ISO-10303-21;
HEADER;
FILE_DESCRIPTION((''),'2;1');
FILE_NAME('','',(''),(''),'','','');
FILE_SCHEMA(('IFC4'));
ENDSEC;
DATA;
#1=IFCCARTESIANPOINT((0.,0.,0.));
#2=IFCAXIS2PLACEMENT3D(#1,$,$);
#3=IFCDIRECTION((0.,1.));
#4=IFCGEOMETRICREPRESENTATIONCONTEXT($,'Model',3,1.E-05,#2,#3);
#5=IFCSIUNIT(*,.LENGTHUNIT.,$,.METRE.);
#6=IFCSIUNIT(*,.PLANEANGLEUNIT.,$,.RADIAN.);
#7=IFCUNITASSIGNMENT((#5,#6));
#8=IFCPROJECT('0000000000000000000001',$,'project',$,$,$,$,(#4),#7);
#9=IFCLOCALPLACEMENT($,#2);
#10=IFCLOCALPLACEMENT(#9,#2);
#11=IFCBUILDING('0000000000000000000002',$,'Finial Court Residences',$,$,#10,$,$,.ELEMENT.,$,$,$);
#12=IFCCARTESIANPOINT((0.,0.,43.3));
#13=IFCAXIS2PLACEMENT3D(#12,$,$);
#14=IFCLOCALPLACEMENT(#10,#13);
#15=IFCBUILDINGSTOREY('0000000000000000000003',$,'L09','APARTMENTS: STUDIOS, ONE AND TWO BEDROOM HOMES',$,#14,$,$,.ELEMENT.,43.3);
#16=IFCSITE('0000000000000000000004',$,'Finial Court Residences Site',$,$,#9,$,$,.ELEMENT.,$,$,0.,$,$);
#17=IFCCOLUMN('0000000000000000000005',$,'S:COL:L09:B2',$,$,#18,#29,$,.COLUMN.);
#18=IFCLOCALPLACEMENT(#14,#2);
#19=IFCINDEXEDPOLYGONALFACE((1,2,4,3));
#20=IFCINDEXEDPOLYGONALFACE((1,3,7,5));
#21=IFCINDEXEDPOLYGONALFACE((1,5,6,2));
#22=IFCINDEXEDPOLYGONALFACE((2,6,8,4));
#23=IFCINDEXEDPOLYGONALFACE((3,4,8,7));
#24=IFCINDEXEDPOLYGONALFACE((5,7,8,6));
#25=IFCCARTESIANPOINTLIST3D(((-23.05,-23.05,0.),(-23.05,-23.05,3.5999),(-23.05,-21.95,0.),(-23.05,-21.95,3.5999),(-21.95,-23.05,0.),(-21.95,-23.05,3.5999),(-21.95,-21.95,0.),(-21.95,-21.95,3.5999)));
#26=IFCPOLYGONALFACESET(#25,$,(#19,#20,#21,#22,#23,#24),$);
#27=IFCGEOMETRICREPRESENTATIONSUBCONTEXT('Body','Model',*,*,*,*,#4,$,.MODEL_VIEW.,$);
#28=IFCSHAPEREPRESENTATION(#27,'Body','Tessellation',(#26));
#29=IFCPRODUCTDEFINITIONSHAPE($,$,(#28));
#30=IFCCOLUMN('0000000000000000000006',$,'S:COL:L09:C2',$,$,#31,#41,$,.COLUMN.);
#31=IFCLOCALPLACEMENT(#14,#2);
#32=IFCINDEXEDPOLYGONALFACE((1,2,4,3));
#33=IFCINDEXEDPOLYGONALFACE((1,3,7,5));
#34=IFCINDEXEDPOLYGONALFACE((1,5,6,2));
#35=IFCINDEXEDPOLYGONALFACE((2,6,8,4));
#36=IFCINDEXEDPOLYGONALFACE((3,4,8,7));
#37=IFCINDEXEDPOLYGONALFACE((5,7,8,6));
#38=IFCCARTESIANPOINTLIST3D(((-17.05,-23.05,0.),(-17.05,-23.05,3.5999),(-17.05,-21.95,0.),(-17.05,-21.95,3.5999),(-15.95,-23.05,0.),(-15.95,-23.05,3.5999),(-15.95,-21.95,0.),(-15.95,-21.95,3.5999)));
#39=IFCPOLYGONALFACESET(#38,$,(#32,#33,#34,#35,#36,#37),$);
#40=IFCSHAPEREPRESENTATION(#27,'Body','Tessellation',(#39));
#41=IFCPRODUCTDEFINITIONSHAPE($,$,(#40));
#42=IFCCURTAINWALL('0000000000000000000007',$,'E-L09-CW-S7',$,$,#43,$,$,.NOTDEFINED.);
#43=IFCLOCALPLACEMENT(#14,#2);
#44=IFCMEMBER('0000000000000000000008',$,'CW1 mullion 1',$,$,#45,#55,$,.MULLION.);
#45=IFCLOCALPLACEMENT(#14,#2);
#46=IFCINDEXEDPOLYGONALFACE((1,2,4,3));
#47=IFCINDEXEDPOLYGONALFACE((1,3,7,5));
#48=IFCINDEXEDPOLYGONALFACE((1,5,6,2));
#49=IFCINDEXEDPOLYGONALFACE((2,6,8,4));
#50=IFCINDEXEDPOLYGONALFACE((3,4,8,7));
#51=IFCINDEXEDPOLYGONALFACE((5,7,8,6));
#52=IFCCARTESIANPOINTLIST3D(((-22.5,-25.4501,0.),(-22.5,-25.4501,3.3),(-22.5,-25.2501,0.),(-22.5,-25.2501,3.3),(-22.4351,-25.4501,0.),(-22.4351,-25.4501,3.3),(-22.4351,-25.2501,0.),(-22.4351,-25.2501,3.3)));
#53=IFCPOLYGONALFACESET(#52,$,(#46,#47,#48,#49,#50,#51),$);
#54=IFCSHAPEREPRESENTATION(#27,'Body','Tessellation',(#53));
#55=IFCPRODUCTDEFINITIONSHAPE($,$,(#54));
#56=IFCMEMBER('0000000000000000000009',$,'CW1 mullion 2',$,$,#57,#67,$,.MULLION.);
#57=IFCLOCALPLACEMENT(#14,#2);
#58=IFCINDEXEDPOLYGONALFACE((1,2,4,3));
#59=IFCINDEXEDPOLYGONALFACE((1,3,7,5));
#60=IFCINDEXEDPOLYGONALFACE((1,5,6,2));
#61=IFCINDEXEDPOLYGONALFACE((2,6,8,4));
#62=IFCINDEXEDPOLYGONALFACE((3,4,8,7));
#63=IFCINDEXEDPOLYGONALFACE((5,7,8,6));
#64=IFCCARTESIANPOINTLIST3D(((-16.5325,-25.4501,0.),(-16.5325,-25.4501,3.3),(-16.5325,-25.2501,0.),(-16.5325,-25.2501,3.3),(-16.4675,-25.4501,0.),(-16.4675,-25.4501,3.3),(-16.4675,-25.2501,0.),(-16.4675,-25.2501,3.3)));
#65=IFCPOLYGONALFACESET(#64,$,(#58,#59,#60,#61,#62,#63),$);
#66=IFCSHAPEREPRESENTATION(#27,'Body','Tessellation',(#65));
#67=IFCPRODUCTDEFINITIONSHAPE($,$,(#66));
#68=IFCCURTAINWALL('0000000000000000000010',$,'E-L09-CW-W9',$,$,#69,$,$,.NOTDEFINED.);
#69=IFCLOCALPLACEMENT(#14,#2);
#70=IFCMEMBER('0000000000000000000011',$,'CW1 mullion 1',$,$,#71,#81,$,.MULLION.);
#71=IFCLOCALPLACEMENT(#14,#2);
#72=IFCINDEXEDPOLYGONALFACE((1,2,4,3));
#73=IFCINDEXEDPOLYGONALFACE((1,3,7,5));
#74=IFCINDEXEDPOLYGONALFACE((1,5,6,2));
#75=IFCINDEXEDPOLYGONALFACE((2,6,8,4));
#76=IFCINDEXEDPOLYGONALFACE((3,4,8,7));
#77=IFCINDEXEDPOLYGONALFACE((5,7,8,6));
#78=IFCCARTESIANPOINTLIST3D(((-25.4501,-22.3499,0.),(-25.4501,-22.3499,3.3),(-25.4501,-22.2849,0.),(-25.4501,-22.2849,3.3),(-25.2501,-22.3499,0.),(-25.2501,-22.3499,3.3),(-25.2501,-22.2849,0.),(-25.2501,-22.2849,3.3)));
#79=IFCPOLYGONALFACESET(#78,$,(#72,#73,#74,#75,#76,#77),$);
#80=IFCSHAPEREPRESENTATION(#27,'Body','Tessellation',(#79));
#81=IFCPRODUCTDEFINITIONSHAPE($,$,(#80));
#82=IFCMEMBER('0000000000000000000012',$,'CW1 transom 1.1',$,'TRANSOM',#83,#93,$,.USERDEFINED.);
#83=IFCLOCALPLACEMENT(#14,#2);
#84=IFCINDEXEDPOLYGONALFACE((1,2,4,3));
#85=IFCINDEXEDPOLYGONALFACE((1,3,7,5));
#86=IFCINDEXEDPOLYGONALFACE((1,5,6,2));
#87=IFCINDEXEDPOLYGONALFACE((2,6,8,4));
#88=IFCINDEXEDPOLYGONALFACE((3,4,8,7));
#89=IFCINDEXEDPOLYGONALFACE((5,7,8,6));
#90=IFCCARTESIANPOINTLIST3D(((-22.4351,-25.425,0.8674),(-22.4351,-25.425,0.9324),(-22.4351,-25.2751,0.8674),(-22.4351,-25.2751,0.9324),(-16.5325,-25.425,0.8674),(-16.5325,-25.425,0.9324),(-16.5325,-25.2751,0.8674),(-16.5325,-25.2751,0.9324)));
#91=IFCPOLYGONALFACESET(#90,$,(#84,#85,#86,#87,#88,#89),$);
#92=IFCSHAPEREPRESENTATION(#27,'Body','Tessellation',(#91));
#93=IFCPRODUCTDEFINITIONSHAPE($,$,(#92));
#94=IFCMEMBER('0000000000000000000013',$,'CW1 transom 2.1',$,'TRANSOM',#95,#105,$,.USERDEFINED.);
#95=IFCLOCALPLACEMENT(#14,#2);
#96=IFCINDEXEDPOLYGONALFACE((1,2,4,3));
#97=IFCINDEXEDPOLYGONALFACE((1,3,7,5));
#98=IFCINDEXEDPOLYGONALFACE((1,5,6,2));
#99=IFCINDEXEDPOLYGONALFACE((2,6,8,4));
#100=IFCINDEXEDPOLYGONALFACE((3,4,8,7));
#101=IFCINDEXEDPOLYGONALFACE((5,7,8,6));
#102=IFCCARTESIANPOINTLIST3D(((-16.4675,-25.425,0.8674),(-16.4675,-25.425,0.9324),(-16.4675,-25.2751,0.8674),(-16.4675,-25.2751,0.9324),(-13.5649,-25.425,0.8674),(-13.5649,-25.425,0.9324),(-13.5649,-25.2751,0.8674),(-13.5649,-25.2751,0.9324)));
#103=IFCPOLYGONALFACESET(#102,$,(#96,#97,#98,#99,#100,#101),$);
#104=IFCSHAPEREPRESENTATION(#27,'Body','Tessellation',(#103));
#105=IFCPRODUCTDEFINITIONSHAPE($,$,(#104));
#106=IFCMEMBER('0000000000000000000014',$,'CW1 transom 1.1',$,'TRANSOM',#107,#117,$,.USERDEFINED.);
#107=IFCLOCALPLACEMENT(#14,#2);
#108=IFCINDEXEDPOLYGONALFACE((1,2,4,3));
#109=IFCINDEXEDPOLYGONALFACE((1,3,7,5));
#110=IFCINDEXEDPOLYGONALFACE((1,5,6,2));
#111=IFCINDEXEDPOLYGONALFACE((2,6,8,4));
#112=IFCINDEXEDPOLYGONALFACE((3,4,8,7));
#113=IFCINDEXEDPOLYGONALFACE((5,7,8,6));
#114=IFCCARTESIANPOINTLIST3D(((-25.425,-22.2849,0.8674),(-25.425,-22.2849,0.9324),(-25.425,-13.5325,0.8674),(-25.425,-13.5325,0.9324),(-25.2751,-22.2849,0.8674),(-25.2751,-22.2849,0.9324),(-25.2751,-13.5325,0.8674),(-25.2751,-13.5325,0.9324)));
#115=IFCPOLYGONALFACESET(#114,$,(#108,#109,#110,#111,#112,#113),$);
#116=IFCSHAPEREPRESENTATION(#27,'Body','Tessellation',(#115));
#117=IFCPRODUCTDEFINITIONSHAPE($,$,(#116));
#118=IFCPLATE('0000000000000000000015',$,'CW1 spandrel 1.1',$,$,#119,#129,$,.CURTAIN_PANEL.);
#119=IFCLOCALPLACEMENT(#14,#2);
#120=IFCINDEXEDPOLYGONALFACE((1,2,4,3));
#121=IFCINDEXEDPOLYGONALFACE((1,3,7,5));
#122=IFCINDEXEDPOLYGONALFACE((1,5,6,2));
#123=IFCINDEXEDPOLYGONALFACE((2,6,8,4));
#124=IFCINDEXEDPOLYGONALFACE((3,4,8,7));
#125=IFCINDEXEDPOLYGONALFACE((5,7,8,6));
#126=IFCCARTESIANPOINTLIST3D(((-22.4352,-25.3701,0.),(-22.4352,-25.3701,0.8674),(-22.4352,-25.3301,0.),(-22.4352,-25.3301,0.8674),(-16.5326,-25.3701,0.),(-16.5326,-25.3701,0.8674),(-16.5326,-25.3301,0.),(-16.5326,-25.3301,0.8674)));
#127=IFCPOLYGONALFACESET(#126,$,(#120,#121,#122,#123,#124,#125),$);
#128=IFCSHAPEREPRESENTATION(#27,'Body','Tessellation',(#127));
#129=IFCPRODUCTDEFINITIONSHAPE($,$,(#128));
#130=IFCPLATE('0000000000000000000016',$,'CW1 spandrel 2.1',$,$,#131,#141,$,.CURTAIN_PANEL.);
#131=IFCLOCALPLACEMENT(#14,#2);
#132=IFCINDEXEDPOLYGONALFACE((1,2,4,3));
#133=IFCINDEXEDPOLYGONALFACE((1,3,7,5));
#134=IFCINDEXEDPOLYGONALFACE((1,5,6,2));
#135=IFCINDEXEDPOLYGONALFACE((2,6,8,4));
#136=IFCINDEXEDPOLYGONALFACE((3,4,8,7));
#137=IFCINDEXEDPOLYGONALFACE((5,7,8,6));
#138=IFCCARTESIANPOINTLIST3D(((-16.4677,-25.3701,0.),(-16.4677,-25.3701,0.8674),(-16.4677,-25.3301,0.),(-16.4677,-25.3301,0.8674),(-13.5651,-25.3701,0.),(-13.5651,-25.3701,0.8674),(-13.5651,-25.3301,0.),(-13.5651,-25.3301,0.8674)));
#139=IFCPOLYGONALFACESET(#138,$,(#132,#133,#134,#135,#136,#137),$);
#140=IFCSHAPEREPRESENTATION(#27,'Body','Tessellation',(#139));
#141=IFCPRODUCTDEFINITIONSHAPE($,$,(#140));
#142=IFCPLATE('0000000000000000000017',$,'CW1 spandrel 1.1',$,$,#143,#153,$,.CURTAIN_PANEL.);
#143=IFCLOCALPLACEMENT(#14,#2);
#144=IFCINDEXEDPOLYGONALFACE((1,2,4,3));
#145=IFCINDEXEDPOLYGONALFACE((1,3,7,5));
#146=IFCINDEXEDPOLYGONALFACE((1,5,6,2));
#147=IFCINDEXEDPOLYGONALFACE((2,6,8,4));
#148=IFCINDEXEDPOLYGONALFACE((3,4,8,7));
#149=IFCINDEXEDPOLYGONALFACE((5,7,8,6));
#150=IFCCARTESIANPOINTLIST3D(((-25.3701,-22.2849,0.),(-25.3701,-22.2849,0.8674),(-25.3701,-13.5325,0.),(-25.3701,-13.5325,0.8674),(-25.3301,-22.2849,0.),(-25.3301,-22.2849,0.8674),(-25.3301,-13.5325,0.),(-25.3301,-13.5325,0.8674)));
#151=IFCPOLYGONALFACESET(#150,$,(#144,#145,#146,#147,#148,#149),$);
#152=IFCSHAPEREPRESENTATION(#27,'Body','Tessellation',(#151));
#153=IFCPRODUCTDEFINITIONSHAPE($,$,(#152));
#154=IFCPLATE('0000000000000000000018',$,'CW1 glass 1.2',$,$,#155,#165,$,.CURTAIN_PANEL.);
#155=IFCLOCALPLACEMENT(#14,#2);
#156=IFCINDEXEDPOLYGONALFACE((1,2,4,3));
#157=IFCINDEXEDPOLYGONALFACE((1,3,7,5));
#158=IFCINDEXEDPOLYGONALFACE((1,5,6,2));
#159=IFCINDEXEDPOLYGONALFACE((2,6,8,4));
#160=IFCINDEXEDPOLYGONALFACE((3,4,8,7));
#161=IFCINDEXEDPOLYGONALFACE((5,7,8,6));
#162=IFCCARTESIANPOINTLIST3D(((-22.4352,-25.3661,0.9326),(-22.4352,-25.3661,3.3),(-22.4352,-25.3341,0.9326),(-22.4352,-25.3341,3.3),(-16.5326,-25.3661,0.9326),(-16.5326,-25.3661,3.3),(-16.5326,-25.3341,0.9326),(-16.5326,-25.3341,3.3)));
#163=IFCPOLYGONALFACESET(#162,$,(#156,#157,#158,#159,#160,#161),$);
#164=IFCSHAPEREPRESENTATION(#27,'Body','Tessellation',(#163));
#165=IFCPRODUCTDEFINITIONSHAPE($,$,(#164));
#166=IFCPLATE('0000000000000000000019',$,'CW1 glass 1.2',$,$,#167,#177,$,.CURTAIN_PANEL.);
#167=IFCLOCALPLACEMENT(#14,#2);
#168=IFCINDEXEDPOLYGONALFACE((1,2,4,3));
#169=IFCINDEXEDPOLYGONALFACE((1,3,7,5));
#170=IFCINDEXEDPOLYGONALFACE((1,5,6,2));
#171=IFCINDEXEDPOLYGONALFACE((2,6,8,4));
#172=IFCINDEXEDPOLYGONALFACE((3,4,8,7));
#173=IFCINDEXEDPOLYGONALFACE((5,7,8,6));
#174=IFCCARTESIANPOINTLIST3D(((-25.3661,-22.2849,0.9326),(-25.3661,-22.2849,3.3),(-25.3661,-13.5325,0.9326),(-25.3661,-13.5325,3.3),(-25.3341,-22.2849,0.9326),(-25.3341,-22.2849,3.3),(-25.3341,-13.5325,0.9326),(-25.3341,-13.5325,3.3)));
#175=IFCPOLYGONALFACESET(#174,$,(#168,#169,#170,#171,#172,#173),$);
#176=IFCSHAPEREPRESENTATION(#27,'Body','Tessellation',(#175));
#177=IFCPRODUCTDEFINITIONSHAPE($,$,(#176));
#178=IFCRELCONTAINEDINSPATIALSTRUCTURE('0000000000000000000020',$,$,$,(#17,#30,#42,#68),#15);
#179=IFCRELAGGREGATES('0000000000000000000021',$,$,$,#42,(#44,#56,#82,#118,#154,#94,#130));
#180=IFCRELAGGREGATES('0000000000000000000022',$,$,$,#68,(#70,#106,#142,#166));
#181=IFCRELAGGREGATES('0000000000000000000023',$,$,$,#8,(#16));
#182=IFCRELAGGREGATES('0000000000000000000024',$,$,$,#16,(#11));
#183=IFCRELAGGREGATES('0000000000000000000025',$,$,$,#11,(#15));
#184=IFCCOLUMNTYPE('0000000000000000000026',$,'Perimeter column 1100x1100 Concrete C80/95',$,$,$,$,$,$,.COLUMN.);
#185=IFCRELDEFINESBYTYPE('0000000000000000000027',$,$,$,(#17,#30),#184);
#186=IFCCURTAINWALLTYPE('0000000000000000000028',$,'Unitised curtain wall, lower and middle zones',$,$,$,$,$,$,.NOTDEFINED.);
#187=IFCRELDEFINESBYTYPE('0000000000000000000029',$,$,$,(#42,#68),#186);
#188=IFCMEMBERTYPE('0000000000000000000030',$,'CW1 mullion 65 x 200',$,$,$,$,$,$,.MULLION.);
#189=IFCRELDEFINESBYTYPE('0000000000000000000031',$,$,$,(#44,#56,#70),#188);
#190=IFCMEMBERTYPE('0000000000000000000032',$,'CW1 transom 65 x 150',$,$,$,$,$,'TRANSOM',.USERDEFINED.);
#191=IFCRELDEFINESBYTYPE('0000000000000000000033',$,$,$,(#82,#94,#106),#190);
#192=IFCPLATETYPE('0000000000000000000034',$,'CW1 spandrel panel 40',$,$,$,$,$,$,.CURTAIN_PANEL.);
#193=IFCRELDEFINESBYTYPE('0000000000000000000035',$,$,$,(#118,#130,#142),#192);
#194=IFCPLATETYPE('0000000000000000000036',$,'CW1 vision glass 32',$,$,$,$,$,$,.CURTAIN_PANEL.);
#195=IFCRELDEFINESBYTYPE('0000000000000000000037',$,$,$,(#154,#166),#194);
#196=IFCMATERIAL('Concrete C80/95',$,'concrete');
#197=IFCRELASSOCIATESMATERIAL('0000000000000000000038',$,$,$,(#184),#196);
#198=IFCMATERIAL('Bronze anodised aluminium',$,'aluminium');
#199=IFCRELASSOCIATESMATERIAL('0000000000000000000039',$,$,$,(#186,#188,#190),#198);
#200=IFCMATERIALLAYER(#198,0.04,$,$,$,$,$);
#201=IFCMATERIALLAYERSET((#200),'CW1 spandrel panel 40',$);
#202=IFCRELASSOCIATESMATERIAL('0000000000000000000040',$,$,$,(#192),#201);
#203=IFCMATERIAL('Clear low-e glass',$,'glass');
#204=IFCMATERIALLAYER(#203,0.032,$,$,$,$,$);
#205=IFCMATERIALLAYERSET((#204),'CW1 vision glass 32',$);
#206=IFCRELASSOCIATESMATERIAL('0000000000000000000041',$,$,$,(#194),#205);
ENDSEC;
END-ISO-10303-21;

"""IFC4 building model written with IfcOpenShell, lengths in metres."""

from ifc_helpers import new_model, si_unit, direction, frame, origin, origin_2d, place, context, subcontext, project, spatial, rectangle, extrude, material, layer, layer_set, material_profile, profile_set, type_object, element, aggregate, save


model = new_model("IFC4")

# Units and contexts
model_context = context("Model", 3, precision=1e-05, world=origin(), true_north=direction((0.0, 1.0)))
body_context = subcontext(model_context, "Body", "Model", "MODEL_VIEW")
ifc_project = project(units=[si_unit("LENGTHUNIT", "METRE"), si_unit("PLANEANGLEUNIT", "RADIAN")], contexts=[model_context])

# Site, building, storey
site_placement = place(None, origin())
site = spatial("IfcSite", under=ifc_project, at=site_placement, Name="Finial Court Residences Site", CompositionType="ELEMENT", RefElevation=0.0)
building_placement = place(site_placement, origin())
building = spatial("IfcBuilding", under=site, at=building_placement, Name="Finial Court Residences", CompositionType="ELEMENT")
storey_placement = place(building_placement, frame((0.0, 0.0, 43.3)))
storey = spatial("IfcBuildingStorey", under=building, at=storey_placement, Name="L09", Description="APARTMENTS: STUDIOS, ONE AND TWO BEDROOM HOMES", CompositionType="ELEMENT", Elevation=43.3)

# Columns
ifc_material_1 = material(Name="Concrete C80/95", Category="concrete")
ifc_material_profile_1 = material_profile(ifc_material_1, rectangle(XDim=1.1001, YDim=1.1001, at=origin_2d()), Name="1100x1100")
ifc_profile_set_1 = profile_set([ifc_material_profile_1], Name="Concrete C80/95")
column_type = type_object("IfcColumnType", Name="Perimeter column 1100x1100 Concrete C80/95", PredefinedType="COLUMN", material=ifc_profile_set_1)
for number, where, z_axis, x_axis, name in (
    (1, (-22.5, -22.5, 0.0), (0.0, 0.0, 1.0), (1.0, 0.0, 0.0), "S:COL:L09:B2"),
    (2, (-16.5, -22.5, 0.0), (0.0, 0.0, 1.0), (1.0, 0.0, 0.0), "S:COL:L09:C2"),
):
    element("IfcColumn", number, at=place(storey_placement, frame(where, z_axis=z_axis, x_axis=x_axis)), inside=storey, type_object=column_type, Name=name, PredefinedType="COLUMN", context=body_context, shape_type="SweptSolid", body=[
        extrude(rectangle(XDim=1.1001, YDim=1.1001, at=origin_2d()), origin(), (0.0, 0.0, 1.0), 3.5999),
    ])

# Curtain wall, members
ifc_material_2 = material(Name="Bronze anodised aluminium", Category="aluminium")
curtain_wall_type = type_object("IfcCurtainWallType", Name="Unitised curtain wall, lower and middle zones", PredefinedType="NOTDEFINED", material=ifc_material_2)
curtain_wall_1_placement = place(storey_placement, origin())
curtain_wall_1 = element("IfcCurtainWall", 3, at=curtain_wall_1_placement, inside=storey, type_object=curtain_wall_type, Name="E-L09-CW-S7", PredefinedType="NOTDEFINED")
ifc_material_profile_2 = material_profile(ifc_material_2, rectangle(XDim=0.2, YDim=0.0649, at=origin_2d()), Name="CW1 mullion 65 x 200")
ifc_profile_set_2 = profile_set([ifc_material_profile_2], Name="Bronze anodised aluminium")
member_type_1 = type_object("IfcMemberType", Name="CW1 mullion 65 x 200", PredefinedType="MULLION", material=ifc_profile_set_2)
member_1_placement = place(storey_placement, frame((-22.4675, -25.3501, 0.0), z_axis=(0.0, 0.0, 1.0), x_axis=(0.0, 1.0, 0.0)))
member_1 = element("IfcMember", 4, at=member_1_placement, type_object=member_type_1, Name="CW1 mullion 1", PredefinedType="MULLION", context=body_context, shape_type="SweptSolid", body=[
    extrude(rectangle(XDim=0.2, YDim=0.0649, at=origin_2d()), origin(), (0.0, 0.0, 1.0), 3.3),
])
member_2_placement = place(storey_placement, frame((-16.5, -25.3501, 0.0), z_axis=(0.0, 0.0, 1.0), x_axis=(0.0, 1.0, 0.0)))
member_2 = element("IfcMember", 5, at=member_2_placement, type_object=member_type_1, Name="CW1 mullion 2", PredefinedType="MULLION", context=body_context, shape_type="SweptSolid", body=[
    extrude(rectangle(XDim=0.2, YDim=0.0649, at=origin_2d()), origin(), (0.0, 0.0, 1.0), 3.3),
])

# Curtain wall, member
curtain_wall_2_placement = place(storey_placement, origin())
curtain_wall_2 = element("IfcCurtainWall", 6, at=curtain_wall_2_placement, inside=storey, type_object=curtain_wall_type, Name="E-L09-CW-W9", PredefinedType="NOTDEFINED")
member_3_placement = place(storey_placement, frame((-25.3501, -22.3174, 0.0), z_axis=(0.0, 0.0, 1.0), x_axis=(-1.0, 0.0, 0.0)))
member_3 = element("IfcMember", 7, at=member_3_placement, type_object=member_type_1, Name="CW1 mullion 1", PredefinedType="MULLION", context=body_context, shape_type="SweptSolid", body=[
    extrude(rectangle(XDim=0.2, YDim=0.0649, at=origin_2d()), origin(), (0.0, 0.0, 1.0), 3.3),
])

# Members
ifc_material_profile_3 = material_profile(ifc_material_2, rectangle(XDim=0.1499, YDim=0.0649, at=origin_2d()), Name="CW1 transom 65 x 150")
ifc_profile_set_3 = profile_set([ifc_material_profile_3], Name="Bronze anodised aluminium")
member_type_2 = type_object("IfcMemberType", Name="CW1 transom 65 x 150", ElementType="TRANSOM", PredefinedType="USERDEFINED", material=ifc_profile_set_3)
member_4_placement = place(storey_placement, frame((-22.4351, -25.3501, 0.8999), z_axis=(1.0, 0.0, 0.0), x_axis=(0.0, 1.0, 0.0)))
member_4 = element("IfcMember", 8, at=member_4_placement, type_object=member_type_2, Name="CW1 transom 1.1", ObjectType="TRANSOM", PredefinedType="USERDEFINED", context=body_context, shape_type="SweptSolid", body=[
    extrude(rectangle(XDim=0.1499, YDim=0.0649, at=origin_2d()), origin(), (0.0, 0.0, 1.0), 5.9026),
])
member_5_placement = place(storey_placement, frame((-16.4675, -25.3501, 0.8999), z_axis=(1.0, 0.0, 0.0), x_axis=(0.0, 1.0, 0.0)))
member_5 = element("IfcMember", 9, at=member_5_placement, type_object=member_type_2, Name="CW1 transom 2.1", ObjectType="TRANSOM", PredefinedType="USERDEFINED", context=body_context, shape_type="SweptSolid", body=[
    extrude(rectangle(XDim=0.1499, YDim=0.0649, at=origin_2d()), origin(), (0.0, 0.0, 1.0), 2.9026),
])
member_6_placement = place(storey_placement, frame((-25.3501, -22.2849, 0.8999), z_axis=(0.0, 1.0, 0.0), x_axis=(-1.0, 0.0, 0.0)))
member_6 = element("IfcMember", 10, at=member_6_placement, type_object=member_type_2, Name="CW1 transom 1.1", ObjectType="TRANSOM", PredefinedType="USERDEFINED", context=body_context, shape_type="SweptSolid", body=[
    extrude(rectangle(XDim=0.1499, YDim=0.0649, at=origin_2d()), origin(), (0.0, 0.0, 1.0), 8.7524),
])

# Plates
ifc_layer_1 = layer(ifc_material_2, 0.04)
ifc_layer_set_1 = layer_set([ifc_layer_1], Name="CW1 spandrel panel 40")
plate_type_1 = type_object("IfcPlateType", Name="CW1 spandrel panel 40", PredefinedType="CURTAIN_PANEL", material=ifc_layer_set_1)
plate_1_placement = place(storey_placement, frame((-19.4839, -25.3501, 0.0), z_axis=(0.0, 0.0, 1.0), x_axis=(1.0, 0.0, 0.0)))
plate_1 = element("IfcPlate", 11, at=plate_1_placement, type_object=plate_type_1, Name="CW1 spandrel 1.1", PredefinedType="CURTAIN_PANEL", context=body_context, shape_type="SweptSolid", body=[
    extrude(rectangle(XDim=5.9026, YDim=0.04, at=origin_2d()), origin(), (0.0, 0.0, 1.0), 0.8674),
])
plate_2_placement = place(storey_placement, frame((-15.0164, -25.3501, 0.0), z_axis=(0.0, 0.0, 1.0), x_axis=(1.0, 0.0, 0.0)))
plate_2 = element("IfcPlate", 12, at=plate_2_placement, type_object=plate_type_1, Name="CW1 spandrel 2.1", PredefinedType="CURTAIN_PANEL", context=body_context, shape_type="SweptSolid", body=[
    extrude(rectangle(XDim=2.9026, YDim=0.04, at=origin_2d()), origin(), (0.0, 0.0, 1.0), 0.8674),
])
plate_3_placement = place(storey_placement, frame((-25.3501, -17.9087, 0.0), z_axis=(0.0, 0.0, 1.0), x_axis=(0.0, 1.0, 0.0)))
plate_3 = element("IfcPlate", 13, at=plate_3_placement, type_object=plate_type_1, Name="CW1 spandrel 1.1", PredefinedType="CURTAIN_PANEL", context=body_context, shape_type="SweptSolid", body=[
    extrude(rectangle(XDim=8.7524, YDim=0.04, at=origin_2d()), origin(), (0.0, 0.0, 1.0), 0.8674),
])
ifc_material_3 = material(Name="Clear low-e glass", Category="glass")
ifc_layer_2 = layer(ifc_material_3, 0.032)
ifc_layer_set_2 = layer_set([ifc_layer_2], Name="CW1 vision glass 32")
plate_type_2 = type_object("IfcPlateType", Name="CW1 vision glass 32", PredefinedType="CURTAIN_PANEL", material=ifc_layer_set_2)
plate_4_placement = place(storey_placement, frame((-19.4839, -25.3501, 0.9326), z_axis=(0.0, 0.0, 1.0), x_axis=(1.0, 0.0, 0.0)))
plate_4 = element("IfcPlate", 14, at=plate_4_placement, type_object=plate_type_2, Name="CW1 glass 1.2", PredefinedType="CURTAIN_PANEL", context=body_context, shape_type="SweptSolid", body=[
    extrude(rectangle(XDim=5.9026, YDim=0.032, at=origin_2d()), origin(), (0.0, 0.0, 1.0), 2.3674),
])
aggregate(curtain_wall_1, [member_1, member_2, member_4, plate_1, plate_4, member_5, plate_2])
plate_5_placement = place(storey_placement, frame((-25.3501, -17.9087, 0.9326), z_axis=(0.0, 0.0, 1.0), x_axis=(0.0, 1.0, 0.0)))
plate_5 = element("IfcPlate", 15, at=plate_5_placement, type_object=plate_type_2, Name="CW1 glass 1.2", PredefinedType="CURTAIN_PANEL", context=body_context, shape_type="SweptSolid", body=[
    extrude(rectangle(XDim=8.7524, YDim=0.032, at=origin_2d()), origin(), (0.0, 0.0, 1.0), 2.3674),
])
aggregate(curtain_wall_2, [member_3, member_6, plate_3, plate_5])

save(model, "model.ifc")
